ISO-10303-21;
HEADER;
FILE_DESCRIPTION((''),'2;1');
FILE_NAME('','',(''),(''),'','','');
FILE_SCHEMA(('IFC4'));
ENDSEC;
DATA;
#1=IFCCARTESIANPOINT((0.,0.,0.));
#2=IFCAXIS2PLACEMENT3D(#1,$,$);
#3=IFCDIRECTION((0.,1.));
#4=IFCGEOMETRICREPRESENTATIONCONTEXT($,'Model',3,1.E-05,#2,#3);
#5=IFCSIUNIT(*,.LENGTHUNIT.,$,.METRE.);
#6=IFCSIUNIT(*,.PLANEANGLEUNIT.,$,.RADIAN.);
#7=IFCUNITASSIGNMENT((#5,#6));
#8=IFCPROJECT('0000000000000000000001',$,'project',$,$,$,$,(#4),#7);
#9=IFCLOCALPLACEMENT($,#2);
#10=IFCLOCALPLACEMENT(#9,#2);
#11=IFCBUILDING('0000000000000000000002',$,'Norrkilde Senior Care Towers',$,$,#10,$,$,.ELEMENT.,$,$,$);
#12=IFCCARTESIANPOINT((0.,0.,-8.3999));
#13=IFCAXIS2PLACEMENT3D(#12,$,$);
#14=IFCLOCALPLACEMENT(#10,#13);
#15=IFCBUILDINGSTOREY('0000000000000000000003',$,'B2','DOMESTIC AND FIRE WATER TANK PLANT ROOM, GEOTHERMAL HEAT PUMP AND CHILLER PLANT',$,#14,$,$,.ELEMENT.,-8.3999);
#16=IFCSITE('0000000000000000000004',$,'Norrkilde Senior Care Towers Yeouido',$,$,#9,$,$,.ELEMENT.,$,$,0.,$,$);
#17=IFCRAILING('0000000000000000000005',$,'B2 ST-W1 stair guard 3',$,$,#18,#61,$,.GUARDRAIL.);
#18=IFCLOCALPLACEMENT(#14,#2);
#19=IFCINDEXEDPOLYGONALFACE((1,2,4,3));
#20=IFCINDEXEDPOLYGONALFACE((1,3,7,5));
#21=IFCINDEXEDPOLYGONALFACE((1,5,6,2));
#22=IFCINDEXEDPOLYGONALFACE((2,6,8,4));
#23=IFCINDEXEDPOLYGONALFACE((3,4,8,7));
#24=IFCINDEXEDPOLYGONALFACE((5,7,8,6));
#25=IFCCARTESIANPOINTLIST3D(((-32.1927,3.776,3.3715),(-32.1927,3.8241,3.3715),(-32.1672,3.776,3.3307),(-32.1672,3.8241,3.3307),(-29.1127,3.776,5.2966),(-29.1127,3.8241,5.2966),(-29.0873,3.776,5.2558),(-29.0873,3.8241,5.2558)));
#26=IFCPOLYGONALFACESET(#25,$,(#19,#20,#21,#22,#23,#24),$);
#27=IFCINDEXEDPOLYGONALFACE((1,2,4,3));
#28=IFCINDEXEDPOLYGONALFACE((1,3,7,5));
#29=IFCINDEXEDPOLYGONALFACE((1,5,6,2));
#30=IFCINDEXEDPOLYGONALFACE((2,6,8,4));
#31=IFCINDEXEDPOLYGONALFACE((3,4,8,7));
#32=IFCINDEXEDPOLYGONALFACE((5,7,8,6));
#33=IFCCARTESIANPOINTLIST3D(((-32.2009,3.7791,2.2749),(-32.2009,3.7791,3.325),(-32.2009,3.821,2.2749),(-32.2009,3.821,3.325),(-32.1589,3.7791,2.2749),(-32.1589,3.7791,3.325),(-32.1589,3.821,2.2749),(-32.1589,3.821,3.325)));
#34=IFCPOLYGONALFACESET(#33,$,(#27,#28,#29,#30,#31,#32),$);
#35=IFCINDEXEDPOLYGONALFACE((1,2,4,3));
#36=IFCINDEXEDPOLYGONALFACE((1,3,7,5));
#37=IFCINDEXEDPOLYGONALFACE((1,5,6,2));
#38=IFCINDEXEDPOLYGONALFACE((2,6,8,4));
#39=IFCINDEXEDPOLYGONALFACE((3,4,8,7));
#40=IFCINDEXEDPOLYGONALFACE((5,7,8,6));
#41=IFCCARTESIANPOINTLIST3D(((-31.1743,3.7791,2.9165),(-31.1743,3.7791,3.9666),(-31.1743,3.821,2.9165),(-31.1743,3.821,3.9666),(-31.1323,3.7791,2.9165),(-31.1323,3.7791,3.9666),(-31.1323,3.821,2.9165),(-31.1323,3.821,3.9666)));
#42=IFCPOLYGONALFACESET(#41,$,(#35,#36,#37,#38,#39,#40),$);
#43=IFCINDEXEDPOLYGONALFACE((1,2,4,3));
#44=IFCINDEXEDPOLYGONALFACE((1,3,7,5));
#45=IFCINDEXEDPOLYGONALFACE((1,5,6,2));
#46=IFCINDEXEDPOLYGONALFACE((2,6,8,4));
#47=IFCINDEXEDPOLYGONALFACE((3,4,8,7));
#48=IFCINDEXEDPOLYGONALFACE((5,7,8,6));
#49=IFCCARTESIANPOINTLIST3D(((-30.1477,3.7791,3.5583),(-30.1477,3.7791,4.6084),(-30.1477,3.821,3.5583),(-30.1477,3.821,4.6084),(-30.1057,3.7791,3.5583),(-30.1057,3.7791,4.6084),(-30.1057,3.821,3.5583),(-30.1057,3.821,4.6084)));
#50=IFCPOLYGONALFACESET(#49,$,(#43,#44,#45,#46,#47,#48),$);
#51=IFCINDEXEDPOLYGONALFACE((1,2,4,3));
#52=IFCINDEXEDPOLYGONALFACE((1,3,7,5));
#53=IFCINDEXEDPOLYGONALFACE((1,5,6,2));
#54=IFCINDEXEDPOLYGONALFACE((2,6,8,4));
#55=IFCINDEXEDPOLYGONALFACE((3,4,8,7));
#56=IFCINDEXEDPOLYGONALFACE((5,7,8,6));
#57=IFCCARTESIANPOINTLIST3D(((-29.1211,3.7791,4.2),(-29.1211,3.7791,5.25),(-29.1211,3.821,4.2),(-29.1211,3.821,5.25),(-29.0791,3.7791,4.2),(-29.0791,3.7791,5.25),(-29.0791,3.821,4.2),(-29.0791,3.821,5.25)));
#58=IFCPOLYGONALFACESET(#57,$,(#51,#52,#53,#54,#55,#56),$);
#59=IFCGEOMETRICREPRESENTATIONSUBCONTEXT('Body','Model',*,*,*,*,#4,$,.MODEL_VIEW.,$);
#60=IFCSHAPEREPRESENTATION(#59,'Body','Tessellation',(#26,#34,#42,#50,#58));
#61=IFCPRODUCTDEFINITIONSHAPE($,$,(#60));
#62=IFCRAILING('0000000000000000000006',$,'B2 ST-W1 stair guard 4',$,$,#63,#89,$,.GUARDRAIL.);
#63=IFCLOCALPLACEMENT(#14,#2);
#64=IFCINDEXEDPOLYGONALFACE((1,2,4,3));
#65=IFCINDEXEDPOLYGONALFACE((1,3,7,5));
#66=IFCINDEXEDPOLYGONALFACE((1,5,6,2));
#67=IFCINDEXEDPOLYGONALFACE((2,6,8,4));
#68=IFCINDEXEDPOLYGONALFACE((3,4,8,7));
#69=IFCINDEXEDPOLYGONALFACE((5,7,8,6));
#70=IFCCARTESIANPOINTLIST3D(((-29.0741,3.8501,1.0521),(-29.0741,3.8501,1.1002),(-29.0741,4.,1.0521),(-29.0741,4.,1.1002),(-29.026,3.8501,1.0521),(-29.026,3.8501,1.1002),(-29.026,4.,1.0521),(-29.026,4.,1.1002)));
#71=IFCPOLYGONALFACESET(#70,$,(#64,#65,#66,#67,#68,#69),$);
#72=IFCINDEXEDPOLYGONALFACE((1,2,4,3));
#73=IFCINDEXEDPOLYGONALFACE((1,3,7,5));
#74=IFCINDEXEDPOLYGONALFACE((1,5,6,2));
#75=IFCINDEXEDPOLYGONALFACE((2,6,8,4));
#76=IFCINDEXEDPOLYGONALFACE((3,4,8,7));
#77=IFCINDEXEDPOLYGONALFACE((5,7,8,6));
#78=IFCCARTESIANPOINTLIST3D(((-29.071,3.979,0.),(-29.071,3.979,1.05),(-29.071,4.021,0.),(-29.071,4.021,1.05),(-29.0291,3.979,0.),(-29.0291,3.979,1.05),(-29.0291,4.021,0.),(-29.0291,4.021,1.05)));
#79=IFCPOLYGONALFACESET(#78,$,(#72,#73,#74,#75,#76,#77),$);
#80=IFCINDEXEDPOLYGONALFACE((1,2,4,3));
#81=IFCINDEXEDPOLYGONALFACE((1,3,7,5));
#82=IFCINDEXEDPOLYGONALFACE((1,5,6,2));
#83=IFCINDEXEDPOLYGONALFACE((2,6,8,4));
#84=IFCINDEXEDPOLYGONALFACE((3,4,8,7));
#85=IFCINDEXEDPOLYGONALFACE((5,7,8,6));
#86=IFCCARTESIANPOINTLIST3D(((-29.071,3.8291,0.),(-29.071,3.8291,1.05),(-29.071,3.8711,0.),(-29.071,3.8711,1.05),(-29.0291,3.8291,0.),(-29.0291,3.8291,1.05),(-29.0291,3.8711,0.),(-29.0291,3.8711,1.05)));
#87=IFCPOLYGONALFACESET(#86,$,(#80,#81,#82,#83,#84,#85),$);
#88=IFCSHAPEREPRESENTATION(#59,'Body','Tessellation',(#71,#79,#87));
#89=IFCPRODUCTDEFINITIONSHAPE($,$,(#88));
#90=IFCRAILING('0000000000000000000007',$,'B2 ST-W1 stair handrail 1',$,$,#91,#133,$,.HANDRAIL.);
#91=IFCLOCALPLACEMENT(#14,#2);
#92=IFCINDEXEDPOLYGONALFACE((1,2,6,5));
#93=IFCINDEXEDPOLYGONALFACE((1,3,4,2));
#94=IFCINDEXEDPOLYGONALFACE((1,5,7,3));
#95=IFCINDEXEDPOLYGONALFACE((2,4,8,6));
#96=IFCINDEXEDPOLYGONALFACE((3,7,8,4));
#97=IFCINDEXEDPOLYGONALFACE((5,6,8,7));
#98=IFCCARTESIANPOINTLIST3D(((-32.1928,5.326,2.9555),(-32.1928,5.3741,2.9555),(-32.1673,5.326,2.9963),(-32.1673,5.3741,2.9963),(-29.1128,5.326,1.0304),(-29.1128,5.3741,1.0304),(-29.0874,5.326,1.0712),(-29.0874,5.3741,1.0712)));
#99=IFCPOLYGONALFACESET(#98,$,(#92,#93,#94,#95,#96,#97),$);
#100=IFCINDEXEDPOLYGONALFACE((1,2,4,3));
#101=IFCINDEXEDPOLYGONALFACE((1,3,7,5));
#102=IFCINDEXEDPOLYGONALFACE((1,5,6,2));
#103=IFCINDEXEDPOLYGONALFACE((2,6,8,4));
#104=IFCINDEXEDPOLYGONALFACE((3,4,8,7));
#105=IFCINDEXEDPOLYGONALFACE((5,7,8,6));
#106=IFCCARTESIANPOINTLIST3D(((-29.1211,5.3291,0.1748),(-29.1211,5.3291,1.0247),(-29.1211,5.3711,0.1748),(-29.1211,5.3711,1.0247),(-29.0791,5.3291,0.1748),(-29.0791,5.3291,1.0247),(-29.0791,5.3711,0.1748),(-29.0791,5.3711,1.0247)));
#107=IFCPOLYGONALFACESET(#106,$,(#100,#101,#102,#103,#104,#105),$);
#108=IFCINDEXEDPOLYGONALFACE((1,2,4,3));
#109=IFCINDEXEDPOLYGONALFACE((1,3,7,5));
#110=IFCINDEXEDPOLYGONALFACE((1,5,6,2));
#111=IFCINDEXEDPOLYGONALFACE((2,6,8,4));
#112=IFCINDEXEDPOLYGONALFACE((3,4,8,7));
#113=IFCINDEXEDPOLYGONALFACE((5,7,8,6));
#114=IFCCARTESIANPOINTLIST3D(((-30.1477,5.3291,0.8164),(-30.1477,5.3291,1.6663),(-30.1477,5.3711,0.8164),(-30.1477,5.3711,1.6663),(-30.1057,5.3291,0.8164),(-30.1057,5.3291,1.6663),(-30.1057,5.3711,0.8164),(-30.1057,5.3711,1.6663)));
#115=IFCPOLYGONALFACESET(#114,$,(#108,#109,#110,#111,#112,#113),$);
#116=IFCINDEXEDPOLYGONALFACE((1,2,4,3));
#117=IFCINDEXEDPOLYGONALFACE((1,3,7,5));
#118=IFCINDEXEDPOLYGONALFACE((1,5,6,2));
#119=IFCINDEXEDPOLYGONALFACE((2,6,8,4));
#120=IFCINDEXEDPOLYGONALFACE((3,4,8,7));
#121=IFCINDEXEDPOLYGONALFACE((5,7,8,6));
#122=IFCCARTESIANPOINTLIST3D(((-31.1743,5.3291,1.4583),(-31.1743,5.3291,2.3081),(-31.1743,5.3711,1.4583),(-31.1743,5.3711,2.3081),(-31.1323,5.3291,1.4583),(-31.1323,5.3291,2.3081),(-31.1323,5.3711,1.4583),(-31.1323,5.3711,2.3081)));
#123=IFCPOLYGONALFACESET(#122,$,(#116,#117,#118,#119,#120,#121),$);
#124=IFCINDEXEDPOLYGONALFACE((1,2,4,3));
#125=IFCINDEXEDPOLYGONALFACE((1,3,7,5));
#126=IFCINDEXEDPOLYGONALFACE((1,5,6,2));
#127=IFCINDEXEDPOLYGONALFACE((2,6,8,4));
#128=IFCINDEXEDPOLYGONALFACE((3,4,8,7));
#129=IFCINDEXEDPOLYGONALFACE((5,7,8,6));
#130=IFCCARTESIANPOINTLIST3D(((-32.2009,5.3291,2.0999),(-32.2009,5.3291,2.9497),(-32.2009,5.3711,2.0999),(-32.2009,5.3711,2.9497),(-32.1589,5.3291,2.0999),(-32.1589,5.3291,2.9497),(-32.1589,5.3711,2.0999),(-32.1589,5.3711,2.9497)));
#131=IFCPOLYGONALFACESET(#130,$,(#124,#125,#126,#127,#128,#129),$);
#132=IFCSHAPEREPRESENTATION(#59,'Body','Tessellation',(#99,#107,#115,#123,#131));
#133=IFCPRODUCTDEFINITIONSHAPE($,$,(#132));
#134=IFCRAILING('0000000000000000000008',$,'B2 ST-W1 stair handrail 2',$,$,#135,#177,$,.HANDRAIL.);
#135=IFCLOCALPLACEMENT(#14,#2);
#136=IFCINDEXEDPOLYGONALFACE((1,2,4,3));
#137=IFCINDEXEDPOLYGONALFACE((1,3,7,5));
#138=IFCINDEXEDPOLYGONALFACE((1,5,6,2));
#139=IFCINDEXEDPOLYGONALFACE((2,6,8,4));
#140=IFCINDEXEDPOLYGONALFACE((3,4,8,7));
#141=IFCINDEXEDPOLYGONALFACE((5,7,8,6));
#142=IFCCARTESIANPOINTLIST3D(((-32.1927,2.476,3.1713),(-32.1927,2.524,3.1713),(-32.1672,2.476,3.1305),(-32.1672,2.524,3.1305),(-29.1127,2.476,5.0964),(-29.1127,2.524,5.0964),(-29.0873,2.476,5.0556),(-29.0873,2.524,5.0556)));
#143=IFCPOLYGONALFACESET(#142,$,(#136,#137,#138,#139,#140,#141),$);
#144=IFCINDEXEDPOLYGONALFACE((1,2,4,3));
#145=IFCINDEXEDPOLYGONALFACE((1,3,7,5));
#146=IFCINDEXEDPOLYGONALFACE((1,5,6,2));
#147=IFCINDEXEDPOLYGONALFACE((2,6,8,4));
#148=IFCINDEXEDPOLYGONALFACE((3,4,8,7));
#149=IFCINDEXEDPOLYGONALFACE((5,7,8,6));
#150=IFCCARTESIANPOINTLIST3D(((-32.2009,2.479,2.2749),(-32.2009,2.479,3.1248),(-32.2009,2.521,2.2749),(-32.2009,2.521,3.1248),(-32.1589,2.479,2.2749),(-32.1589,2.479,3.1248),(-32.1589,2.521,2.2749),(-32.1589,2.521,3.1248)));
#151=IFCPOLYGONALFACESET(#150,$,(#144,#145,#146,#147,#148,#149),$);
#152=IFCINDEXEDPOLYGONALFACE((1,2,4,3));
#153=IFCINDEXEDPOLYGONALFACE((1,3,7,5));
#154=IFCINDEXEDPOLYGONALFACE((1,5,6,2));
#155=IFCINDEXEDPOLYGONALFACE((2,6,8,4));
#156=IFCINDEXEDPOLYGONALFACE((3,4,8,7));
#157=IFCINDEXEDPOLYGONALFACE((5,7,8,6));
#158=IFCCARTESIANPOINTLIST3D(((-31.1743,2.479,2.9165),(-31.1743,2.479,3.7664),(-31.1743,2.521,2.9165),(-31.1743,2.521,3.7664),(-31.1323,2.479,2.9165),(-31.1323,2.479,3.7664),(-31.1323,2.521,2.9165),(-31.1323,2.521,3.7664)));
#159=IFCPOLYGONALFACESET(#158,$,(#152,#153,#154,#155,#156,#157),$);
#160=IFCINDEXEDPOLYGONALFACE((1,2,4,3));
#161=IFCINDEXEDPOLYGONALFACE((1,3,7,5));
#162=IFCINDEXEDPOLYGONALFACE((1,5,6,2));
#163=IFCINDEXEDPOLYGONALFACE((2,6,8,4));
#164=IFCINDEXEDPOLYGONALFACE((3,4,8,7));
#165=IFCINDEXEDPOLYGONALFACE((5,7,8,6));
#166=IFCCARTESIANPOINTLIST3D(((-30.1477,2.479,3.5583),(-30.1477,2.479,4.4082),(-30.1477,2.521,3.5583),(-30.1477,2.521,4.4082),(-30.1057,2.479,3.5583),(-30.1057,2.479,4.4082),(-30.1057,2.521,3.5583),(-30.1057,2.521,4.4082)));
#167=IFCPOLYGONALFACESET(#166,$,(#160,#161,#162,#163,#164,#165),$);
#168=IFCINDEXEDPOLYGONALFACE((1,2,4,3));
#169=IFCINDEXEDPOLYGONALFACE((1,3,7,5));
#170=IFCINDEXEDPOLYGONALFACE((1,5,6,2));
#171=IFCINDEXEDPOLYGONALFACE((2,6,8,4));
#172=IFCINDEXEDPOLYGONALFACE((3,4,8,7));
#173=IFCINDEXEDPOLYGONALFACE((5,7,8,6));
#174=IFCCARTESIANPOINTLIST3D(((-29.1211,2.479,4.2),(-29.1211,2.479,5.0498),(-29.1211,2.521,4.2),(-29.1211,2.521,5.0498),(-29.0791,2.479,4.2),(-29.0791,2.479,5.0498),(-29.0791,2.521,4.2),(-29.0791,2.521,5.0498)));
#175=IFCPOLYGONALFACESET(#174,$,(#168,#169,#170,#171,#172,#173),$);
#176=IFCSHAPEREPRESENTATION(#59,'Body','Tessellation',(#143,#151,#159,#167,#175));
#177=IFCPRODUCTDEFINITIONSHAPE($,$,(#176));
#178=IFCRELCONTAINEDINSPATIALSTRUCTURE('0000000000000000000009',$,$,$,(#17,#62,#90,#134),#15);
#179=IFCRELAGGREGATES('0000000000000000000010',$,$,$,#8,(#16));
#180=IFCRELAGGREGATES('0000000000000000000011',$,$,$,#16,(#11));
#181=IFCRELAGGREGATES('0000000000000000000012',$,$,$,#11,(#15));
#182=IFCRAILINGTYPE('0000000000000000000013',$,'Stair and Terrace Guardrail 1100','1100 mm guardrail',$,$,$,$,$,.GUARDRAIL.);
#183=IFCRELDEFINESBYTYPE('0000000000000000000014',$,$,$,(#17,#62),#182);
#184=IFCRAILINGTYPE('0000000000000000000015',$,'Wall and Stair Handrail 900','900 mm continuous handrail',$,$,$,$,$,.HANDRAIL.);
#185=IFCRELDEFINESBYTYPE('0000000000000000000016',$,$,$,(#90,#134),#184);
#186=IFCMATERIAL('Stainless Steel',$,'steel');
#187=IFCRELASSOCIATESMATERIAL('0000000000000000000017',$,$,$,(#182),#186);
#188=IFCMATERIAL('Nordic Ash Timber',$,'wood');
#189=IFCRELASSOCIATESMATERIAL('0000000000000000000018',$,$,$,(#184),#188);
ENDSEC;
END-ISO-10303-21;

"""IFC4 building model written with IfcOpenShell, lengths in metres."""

from ifc_helpers import new_model, si_unit, direction, frame, origin, origin_2d, place, context, subcontext, project, spatial, rectangle, extrude, material, type_object, element, save


model = new_model("IFC4")

# Units and contexts
model_context = context("Model", 3, precision=1e-05, world=origin(), true_north=direction((0.0, 1.0)))
body_context = subcontext(model_context, "Body", "Model", "MODEL_VIEW")
ifc_project = project(units=[si_unit("LENGTHUNIT", "METRE"), si_unit("PLANEANGLEUNIT", "RADIAN")], contexts=[model_context])

# Site, building, storey
site_placement = place(None, origin())
site = spatial("IfcSite", under=ifc_project, at=site_placement, Name="Norrkilde Senior Care Towers Yeouido", CompositionType="ELEMENT", RefElevation=0.0)
building_placement = place(site_placement, origin())
building = spatial("IfcBuilding", under=site, at=building_placement, Name="Norrkilde Senior Care Towers", CompositionType="ELEMENT")
storey_placement = place(building_placement, frame((0.0, 0.0, -8.3999)))
storey = spatial("IfcBuildingStorey", under=building, at=storey_placement, Name="B2", Description="DOMESTIC AND FIRE WATER TANK PLANT ROOM, GEOTHERMAL HEAT PUMP AND CHILLER PLANT", CompositionType="ELEMENT", Elevation=-8.3999)

# Shared definitions
ifc_material_1 = material(Name="Stainless Steel", Category="steel")

# Railings
railing_type_1 = type_object("IfcRailingType", Name="Stair and Terrace Guardrail 1100", Description="1100 mm guardrail", PredefinedType="GUARDRAIL", material=ifc_material_1)
railing_1_placement = place(storey_placement, frame((-32.1799, 3.8, 2.2749)))
element("IfcRailing", 1, at=railing_1_placement, inside=storey, type_object=railing_type_1, Name="B2 ST-W1 stair guard 3", PredefinedType="GUARDRAIL", context=body_context, shape_type="SweptSolid", body=[
    extrude(rectangle(XDim=0.0481, YDim=0.0481, at=origin_2d()), frame((0.0, 0.0, 1.0762), z_axis=(0.847979, 0.0, 0.530029), x_axis=(0.0, 1.0, 0.0)), (0.0, 0.0, 1.0), 3.6321),
    extrude(rectangle(XDim=0.042, YDim=0.042, at=origin_2d()), origin(), (0.0, 0.0, 1.0), 1.05),
    extrude(rectangle(XDim=0.042, YDim=0.042, at=origin_2d()), frame((1.0266, 0.0, 0.6416)), (0.0, 0.0, 1.0), 1.05),
    extrude(rectangle(XDim=0.042, YDim=0.042, at=origin_2d()), frame((2.0532, 0.0, 1.2834)), (0.0, 0.0, 1.0), 1.05),
    extrude(rectangle(XDim=0.042, YDim=0.042, at=origin_2d()), frame((3.0798, 0.0, 1.925)), (0.0, 0.0, 1.0), 1.05),
])
railing_2_placement = place(storey_placement, frame((-29.05, 4.0, 0.0)))
element("IfcRailing", 2, at=railing_2_placement, inside=storey, type_object=railing_type_1, Name="B2 ST-W1 stair guard 4", PredefinedType="GUARDRAIL", context=body_context, shape_type="SweptSolid", body=[
    extrude(rectangle(XDim=0.0481, YDim=0.0481, at=origin_2d()), frame((0.0, 0.0, 1.0762), z_axis=(0.0, -1.0, 0.0), x_axis=(1.0, 0.0, 0.0)), (0.0, 0.0, 1.0), 0.1499),
    extrude(rectangle(XDim=0.042, YDim=0.042, at=origin_2d()), origin(), (0.0, 0.0, 1.0), 1.05),
    extrude(rectangle(XDim=0.042, YDim=0.042, at=origin_2d()), frame((0.0, -0.1499, 0.0)), (0.0, 0.0, 1.0), 1.05),
])
ifc_material_2 = material(Name="Nordic Ash Timber", Category="wood")
railing_type_2 = type_object("IfcRailingType", Name="Wall and Stair Handrail 900", Description="900 mm continuous handrail", PredefinedType="HANDRAIL", material=ifc_material_2)
railing_3_placement = place(storey_placement, frame((-29.1001, 5.3501, 0.1748)))
element("IfcRailing", 3, at=railing_3_placement, inside=storey, type_object=railing_type_2, Name="B2 ST-W1 stair handrail 1", PredefinedType="HANDRAIL", context=body_context, shape_type="SweptSolid", body=[
    extrude(rectangle(XDim=0.0481, YDim=0.0481, at=origin_2d()), frame((0.0, 0.0, 0.876), z_axis=(-0.847979, 0.0, 0.530029), x_axis=(0.0, -1.0, 0.0)), (0.0, 0.0, 1.0), 3.6321),
    extrude(rectangle(XDim=0.042, YDim=0.042, at=origin_2d()), origin(), (0.0, 0.0, 1.0), 0.8499),
    extrude(rectangle(XDim=0.042, YDim=0.042, at=origin_2d()), frame((-1.0266, 0.0, 0.6416)), (0.0, 0.0, 1.0), 0.8499),
    extrude(rectangle(XDim=0.042, YDim=0.042, at=origin_2d()), frame((-2.0532, 0.0, 1.2834)), (0.0, 0.0, 1.0), 0.8499),
    extrude(rectangle(XDim=0.042, YDim=0.042, at=origin_2d()), frame((-3.0798, 0.0, 1.925)), (0.0, 0.0, 1.0), 0.8499),
])
railing_4_placement = place(storey_placement, frame((-32.1799, 2.5, 2.2749)))
element("IfcRailing", 4, at=railing_4_placement, inside=storey, type_object=railing_type_2, Name="B2 ST-W1 stair handrail 2", PredefinedType="HANDRAIL", context=body_context, shape_type="SweptSolid", body=[
    extrude(rectangle(XDim=0.0481, YDim=0.0481, at=origin_2d()), frame((0.0, 0.0, 0.876), z_axis=(0.847979, 0.0, 0.530029), x_axis=(0.0, 1.0, 0.0)), (0.0, 0.0, 1.0), 3.6321),
    extrude(rectangle(XDim=0.042, YDim=0.042, at=origin_2d()), origin(), (0.0, 0.0, 1.0), 0.8499),
    extrude(rectangle(XDim=0.042, YDim=0.042, at=origin_2d()), frame((1.0266, 0.0, 0.6416)), (0.0, 0.0, 1.0), 0.8499),
    extrude(rectangle(XDim=0.042, YDim=0.042, at=origin_2d()), frame((2.0532, 0.0, 1.2834)), (0.0, 0.0, 1.0), 0.8499),
    extrude(rectangle(XDim=0.042, YDim=0.042, at=origin_2d()), frame((3.0798, 0.0, 1.925)), (0.0, 0.0, 1.0), 0.8499),
])

save(model, "model.ifc")
